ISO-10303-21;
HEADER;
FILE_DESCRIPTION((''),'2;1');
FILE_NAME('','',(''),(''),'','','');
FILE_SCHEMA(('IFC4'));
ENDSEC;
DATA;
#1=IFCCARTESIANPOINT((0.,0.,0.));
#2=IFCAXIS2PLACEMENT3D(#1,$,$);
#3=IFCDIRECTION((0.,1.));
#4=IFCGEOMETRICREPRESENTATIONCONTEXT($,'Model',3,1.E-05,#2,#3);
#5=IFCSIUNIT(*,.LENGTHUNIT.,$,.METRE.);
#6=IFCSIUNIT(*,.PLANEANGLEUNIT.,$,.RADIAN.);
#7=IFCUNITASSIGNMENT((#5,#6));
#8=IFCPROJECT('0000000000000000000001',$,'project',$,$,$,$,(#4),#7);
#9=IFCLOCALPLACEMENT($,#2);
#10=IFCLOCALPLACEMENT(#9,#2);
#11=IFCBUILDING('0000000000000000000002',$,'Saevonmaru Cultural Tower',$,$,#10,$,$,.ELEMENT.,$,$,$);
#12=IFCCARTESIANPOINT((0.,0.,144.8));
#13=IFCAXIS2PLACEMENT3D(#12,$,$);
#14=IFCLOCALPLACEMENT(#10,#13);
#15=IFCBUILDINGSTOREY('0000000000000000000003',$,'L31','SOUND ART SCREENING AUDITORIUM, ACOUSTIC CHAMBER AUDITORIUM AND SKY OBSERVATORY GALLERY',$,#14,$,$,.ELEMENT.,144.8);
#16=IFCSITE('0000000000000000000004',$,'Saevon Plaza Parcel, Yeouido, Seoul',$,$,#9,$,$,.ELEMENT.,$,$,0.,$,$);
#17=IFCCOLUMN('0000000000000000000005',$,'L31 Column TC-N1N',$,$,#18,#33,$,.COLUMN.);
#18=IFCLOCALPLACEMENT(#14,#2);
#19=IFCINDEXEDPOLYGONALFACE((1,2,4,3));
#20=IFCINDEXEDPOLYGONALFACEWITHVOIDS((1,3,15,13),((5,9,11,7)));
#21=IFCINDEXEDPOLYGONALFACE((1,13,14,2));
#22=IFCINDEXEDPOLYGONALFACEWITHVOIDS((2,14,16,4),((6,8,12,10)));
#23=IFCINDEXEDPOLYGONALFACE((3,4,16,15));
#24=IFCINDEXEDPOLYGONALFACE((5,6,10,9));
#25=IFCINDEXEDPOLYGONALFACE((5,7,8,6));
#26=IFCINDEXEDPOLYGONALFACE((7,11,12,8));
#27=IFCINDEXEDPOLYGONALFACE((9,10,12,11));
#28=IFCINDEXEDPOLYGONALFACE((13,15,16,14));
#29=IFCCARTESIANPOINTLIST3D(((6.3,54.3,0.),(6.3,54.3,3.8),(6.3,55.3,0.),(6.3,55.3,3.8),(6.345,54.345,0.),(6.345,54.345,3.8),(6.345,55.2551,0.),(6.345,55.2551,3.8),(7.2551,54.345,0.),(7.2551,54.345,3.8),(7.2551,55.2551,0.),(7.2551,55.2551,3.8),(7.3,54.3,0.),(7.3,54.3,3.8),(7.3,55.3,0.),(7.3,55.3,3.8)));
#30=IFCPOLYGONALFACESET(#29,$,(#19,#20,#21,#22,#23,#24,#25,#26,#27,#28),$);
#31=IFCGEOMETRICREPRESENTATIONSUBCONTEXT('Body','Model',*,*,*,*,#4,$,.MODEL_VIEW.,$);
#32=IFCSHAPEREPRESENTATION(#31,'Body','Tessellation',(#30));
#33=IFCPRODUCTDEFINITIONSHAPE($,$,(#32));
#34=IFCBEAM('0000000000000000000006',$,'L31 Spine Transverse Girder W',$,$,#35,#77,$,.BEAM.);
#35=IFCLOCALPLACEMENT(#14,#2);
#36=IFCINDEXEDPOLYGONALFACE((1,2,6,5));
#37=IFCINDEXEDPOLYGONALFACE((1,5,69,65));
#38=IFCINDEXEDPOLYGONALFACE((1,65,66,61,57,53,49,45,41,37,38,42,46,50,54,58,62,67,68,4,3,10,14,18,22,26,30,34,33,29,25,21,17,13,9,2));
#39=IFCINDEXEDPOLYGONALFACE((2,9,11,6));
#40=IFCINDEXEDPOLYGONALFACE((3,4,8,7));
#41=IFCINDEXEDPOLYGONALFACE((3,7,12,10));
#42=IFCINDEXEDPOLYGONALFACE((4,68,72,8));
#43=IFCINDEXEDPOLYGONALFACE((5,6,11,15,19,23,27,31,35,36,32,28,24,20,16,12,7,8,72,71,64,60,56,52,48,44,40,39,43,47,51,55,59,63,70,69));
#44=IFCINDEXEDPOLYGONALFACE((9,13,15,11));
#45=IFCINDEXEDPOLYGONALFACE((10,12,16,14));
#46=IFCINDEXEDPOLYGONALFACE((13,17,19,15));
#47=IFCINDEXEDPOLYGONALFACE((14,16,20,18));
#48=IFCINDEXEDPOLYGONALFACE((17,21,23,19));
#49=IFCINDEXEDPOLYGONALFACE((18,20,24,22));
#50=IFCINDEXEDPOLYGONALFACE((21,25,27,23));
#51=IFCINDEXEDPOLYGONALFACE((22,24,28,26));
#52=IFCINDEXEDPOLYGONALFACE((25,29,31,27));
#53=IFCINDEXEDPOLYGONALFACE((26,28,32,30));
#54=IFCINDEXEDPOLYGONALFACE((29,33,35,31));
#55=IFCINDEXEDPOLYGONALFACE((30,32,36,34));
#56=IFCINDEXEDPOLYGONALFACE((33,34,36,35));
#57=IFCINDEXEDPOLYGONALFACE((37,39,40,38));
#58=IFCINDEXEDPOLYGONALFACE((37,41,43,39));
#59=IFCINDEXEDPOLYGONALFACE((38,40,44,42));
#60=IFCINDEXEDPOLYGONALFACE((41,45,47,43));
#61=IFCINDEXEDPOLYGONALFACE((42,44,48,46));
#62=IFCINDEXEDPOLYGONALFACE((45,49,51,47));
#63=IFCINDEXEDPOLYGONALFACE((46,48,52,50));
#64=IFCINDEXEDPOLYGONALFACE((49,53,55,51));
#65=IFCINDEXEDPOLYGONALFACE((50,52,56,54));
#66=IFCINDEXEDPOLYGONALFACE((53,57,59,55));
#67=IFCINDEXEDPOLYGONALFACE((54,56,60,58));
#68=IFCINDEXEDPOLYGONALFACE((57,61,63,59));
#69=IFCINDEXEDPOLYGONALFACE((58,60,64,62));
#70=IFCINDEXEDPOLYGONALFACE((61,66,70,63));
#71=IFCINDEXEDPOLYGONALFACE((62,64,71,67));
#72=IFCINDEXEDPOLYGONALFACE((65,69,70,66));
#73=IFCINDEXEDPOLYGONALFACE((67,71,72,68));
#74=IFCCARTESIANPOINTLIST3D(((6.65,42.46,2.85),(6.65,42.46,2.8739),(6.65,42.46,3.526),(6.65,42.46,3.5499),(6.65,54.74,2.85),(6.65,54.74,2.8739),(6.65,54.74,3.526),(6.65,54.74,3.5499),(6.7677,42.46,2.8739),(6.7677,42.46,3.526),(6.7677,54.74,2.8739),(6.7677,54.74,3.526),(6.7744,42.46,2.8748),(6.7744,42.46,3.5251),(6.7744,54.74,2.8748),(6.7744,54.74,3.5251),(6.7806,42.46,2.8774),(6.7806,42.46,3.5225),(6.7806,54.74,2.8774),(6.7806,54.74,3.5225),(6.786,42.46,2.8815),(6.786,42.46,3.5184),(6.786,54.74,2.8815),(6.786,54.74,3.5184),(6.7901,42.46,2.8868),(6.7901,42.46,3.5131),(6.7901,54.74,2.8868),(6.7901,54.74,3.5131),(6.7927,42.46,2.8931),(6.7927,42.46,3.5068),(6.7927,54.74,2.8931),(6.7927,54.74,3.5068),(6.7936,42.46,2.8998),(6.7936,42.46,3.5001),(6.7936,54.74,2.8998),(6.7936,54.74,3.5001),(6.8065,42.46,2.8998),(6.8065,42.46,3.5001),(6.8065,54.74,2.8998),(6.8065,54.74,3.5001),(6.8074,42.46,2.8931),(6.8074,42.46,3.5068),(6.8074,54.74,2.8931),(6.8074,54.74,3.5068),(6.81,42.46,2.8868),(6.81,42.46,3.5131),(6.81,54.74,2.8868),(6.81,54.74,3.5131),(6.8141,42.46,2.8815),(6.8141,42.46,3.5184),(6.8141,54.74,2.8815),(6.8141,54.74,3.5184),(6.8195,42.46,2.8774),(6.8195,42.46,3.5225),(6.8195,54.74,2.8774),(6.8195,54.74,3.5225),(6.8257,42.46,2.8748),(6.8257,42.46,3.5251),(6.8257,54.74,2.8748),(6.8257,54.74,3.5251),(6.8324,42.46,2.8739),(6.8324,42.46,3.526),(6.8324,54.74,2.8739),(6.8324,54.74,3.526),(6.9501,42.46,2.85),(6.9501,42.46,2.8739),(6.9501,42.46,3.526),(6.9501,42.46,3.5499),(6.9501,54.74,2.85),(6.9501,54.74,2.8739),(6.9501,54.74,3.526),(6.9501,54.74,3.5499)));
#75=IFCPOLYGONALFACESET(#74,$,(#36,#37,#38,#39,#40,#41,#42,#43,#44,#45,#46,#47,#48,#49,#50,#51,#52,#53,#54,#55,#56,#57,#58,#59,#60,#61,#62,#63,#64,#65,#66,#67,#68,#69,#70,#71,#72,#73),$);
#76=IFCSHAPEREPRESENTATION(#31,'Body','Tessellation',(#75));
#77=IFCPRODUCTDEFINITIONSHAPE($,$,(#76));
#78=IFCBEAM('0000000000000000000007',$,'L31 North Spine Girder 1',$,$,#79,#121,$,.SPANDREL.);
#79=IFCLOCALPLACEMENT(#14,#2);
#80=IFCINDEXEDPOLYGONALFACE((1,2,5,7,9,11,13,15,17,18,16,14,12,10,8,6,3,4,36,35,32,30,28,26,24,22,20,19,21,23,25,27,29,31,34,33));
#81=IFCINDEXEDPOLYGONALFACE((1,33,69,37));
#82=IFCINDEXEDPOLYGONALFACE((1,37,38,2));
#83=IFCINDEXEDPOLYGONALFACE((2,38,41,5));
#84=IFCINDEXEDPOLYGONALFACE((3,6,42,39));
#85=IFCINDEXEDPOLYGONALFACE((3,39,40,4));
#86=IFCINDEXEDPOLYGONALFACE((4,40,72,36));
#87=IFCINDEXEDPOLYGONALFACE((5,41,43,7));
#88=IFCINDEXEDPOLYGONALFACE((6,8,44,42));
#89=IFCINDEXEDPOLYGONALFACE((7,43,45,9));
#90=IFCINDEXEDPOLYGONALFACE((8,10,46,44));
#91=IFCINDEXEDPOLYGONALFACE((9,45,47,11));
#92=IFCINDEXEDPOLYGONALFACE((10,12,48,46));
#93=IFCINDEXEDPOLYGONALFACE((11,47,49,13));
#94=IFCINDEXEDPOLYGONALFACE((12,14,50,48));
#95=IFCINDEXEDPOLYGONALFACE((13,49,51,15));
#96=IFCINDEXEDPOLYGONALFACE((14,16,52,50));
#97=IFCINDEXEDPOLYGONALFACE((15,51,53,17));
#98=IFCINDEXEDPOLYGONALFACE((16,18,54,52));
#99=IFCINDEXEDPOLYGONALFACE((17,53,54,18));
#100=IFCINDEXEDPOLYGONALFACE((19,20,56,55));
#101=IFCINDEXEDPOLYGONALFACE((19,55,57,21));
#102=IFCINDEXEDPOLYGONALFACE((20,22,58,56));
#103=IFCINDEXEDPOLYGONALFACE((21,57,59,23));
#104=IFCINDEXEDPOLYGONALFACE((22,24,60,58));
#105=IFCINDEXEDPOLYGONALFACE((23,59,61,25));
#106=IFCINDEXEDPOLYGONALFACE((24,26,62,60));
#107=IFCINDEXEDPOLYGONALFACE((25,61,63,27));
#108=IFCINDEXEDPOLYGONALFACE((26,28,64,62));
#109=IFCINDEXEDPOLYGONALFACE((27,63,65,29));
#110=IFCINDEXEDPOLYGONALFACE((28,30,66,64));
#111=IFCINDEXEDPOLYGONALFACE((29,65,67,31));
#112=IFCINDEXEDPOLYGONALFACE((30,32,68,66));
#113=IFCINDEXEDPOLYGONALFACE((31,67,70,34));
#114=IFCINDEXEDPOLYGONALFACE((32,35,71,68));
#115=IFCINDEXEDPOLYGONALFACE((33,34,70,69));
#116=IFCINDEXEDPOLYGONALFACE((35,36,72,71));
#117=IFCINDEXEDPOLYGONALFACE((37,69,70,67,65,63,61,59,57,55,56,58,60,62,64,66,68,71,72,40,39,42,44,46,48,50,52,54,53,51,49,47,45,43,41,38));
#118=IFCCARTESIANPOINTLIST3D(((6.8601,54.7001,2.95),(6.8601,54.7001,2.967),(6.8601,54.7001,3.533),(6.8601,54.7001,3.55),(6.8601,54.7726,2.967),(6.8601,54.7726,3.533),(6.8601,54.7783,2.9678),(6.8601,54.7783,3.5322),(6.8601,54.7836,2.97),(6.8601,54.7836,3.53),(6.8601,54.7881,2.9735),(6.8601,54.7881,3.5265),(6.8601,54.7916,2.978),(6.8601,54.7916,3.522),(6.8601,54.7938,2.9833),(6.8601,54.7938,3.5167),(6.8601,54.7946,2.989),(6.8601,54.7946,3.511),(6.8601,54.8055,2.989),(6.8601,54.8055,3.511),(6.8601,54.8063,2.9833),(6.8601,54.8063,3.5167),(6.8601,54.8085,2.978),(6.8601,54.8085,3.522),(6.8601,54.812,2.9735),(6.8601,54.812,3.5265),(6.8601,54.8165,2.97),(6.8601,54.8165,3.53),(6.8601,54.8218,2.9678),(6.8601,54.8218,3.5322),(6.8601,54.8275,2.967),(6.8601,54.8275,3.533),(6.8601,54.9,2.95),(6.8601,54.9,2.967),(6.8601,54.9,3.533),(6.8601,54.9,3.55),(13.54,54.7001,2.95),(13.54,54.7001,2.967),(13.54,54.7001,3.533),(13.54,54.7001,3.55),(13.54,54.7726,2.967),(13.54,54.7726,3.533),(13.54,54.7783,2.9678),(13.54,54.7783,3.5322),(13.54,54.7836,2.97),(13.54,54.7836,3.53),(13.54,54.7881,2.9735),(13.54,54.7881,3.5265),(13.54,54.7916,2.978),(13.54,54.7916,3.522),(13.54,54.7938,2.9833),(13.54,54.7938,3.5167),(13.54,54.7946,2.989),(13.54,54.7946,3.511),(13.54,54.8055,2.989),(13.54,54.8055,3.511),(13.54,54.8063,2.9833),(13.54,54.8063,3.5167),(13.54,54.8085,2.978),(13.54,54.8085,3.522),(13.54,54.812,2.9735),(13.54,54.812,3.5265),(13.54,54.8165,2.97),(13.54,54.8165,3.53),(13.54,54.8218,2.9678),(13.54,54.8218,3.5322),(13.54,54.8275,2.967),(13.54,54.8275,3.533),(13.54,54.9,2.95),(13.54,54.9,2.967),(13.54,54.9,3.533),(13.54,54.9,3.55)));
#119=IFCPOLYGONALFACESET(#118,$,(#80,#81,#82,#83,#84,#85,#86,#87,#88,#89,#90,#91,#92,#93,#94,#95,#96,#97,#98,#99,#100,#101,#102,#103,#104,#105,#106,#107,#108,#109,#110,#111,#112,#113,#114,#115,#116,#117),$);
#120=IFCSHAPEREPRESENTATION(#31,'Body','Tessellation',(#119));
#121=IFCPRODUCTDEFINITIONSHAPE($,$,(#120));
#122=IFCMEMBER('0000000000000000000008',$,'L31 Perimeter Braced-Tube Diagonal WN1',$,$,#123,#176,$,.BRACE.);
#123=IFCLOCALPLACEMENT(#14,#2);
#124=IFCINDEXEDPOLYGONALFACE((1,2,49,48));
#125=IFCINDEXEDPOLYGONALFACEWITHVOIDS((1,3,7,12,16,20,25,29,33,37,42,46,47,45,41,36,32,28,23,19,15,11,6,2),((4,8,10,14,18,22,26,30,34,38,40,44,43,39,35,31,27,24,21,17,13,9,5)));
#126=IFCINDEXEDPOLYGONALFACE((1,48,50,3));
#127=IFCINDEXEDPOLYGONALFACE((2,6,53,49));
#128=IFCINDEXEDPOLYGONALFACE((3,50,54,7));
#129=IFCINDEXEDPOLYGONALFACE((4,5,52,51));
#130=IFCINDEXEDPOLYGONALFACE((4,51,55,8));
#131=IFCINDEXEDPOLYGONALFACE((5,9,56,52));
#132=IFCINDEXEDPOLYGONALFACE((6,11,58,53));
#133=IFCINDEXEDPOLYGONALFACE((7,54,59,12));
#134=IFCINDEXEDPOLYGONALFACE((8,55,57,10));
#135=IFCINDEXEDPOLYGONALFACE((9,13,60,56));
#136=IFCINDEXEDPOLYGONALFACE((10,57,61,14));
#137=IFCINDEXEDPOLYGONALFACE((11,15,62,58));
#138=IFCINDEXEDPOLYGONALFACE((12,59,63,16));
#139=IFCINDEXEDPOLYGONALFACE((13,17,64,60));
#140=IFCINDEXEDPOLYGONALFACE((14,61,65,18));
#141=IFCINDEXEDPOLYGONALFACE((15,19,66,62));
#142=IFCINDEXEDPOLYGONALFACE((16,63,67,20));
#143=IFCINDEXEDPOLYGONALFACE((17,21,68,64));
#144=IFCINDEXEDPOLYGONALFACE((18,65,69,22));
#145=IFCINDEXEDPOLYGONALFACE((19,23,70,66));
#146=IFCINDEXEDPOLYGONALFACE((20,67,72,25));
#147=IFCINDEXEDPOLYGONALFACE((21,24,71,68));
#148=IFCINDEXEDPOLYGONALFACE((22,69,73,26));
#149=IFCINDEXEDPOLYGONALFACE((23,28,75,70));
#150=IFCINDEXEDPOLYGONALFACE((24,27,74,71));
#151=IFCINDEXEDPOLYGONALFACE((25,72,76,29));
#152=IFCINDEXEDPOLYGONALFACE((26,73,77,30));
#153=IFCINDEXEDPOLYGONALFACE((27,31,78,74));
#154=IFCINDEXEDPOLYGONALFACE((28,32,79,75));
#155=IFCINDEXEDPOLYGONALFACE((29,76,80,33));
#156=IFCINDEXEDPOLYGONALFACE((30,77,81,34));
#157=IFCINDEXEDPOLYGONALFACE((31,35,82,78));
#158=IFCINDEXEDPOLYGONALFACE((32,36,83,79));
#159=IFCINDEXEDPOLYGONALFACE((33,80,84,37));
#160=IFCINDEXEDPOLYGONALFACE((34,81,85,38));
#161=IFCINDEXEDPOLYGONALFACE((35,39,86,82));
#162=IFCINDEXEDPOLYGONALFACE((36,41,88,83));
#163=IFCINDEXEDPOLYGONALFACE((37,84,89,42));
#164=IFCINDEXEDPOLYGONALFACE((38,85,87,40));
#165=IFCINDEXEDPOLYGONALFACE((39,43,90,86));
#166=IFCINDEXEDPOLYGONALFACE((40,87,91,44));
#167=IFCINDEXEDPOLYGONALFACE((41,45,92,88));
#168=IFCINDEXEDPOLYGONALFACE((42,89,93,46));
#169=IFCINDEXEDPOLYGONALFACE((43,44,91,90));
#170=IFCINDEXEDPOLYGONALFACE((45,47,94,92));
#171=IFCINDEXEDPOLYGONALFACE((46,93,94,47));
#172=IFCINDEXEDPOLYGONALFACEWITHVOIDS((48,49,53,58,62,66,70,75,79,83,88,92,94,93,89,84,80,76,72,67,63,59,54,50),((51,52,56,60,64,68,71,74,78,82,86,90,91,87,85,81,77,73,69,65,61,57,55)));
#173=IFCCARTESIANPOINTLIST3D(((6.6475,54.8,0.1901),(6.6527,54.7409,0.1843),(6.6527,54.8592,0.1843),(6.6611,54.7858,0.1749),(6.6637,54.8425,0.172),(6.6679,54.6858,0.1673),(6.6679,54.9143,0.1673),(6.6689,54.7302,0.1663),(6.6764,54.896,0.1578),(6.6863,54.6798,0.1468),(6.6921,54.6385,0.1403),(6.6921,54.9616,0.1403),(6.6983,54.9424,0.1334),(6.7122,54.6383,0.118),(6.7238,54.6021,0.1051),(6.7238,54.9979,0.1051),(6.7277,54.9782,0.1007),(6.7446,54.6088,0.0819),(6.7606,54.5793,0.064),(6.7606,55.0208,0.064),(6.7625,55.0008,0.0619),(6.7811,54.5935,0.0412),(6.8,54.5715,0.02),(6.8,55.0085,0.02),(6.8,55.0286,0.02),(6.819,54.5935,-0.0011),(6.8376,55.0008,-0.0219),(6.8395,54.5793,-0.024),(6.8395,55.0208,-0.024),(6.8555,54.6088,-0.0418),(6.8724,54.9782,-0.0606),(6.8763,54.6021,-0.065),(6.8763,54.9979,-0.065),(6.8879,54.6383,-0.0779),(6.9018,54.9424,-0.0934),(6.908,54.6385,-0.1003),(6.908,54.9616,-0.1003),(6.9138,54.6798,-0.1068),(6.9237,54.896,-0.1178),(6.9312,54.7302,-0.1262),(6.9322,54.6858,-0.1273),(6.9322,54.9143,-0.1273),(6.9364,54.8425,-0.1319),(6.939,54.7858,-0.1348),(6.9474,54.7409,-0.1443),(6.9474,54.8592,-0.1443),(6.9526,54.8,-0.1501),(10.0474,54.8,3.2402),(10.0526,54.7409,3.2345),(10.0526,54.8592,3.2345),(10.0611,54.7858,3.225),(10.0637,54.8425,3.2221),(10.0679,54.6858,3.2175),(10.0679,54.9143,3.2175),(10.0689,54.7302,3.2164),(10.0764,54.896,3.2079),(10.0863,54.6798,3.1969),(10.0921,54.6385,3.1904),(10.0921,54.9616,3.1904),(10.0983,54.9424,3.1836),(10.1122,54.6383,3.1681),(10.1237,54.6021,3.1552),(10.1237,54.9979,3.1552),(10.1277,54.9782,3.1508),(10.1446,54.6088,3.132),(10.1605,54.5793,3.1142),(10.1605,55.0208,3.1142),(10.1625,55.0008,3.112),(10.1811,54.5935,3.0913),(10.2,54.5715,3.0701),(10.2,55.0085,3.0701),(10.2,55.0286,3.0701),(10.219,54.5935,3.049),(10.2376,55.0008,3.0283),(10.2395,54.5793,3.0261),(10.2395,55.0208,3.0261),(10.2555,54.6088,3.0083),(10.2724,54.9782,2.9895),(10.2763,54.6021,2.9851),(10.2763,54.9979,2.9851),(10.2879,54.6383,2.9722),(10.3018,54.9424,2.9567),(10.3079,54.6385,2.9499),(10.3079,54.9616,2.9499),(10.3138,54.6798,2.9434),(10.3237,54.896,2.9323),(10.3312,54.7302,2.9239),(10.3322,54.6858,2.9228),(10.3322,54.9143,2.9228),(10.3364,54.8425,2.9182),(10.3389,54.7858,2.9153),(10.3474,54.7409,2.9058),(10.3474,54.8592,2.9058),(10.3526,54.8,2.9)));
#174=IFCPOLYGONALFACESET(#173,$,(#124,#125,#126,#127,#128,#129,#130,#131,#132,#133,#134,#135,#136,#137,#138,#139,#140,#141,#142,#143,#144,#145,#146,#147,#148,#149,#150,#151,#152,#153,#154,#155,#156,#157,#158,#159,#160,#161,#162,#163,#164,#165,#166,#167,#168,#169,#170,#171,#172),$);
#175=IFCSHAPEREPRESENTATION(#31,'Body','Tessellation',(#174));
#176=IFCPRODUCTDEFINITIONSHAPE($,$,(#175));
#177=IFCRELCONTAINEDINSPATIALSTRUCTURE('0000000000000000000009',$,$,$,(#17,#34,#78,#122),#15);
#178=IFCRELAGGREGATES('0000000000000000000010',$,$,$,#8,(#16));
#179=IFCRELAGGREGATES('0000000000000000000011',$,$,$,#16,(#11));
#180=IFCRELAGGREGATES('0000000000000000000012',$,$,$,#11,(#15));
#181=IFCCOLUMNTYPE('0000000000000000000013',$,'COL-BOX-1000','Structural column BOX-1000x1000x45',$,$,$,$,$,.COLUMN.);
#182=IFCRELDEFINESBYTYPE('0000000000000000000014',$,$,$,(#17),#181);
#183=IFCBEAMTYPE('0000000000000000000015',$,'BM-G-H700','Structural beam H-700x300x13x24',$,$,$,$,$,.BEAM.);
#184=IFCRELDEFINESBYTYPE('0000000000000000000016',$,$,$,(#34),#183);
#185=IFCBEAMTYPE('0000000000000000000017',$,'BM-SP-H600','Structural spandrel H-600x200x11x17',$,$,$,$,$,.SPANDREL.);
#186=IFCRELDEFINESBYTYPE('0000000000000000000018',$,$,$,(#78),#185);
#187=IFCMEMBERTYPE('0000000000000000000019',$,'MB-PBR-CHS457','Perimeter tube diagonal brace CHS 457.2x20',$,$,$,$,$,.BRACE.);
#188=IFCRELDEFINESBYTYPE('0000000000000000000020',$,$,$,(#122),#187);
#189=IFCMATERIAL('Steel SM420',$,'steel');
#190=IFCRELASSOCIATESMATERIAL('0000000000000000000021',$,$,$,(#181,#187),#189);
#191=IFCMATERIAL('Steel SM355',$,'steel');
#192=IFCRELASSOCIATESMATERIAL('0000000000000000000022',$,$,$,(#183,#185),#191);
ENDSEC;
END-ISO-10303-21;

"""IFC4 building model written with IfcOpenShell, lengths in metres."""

from ifc_helpers import new_model, si_unit, direction, frame, origin, origin_2d, place, context, subcontext, project, spatial, hollow_rectangle, hollow_circle, i_section, extrude, material, material_profile, profile_set, type_object, element, save


model = new_model("IFC4")

# Units and contexts
model_context = context("Model", 3, precision=1e-05, world=origin(), true_north=direction((0.0, 1.0)))
body_context = subcontext(model_context, "Body", "Model", "MODEL_VIEW")
ifc_project = project(units=[si_unit("LENGTHUNIT", "METRE"), si_unit("PLANEANGLEUNIT", "RADIAN")], contexts=[model_context])

# Site, building, storey
site_placement = place(None, origin())
site = spatial("IfcSite", under=ifc_project, at=site_placement, Name="Saevon Plaza Parcel, Yeouido, Seoul", CompositionType="ELEMENT", RefElevation=0.0)
building_placement = place(site_placement, origin())
building = spatial("IfcBuilding", under=site, at=building_placement, Name="Saevonmaru Cultural Tower", CompositionType="ELEMENT")
storey_placement = place(building_placement, frame((0.0, 0.0, 144.8)))
storey = spatial("IfcBuildingStorey", under=building, at=storey_placement, Name="L31", Description="SOUND ART SCREENING AUDITORIUM, ACOUSTIC CHAMBER AUDITORIUM AND SKY OBSERVATORY GALLERY", CompositionType="ELEMENT", Elevation=144.8)

# Column
ifc_material_1 = material(Name="Steel SM420", Category="steel")
ifc_material_profile_1 = material_profile(ifc_material_1, hollow_rectangle(XDim=1.0, YDim=1.0, WallThickness=0.0449, at=origin_2d()), Name="BOX-1000x1000x45")
ifc_profile_set_1 = profile_set([ifc_material_profile_1], Name="Steel SM420")
column_type = type_object("IfcColumnType", Name="COL-BOX-1000", Description="Structural column BOX-1000x1000x45", PredefinedType="COLUMN", material=ifc_profile_set_1)
column_placement = place(storey_placement, frame((6.8, 54.8, 0.0), z_axis=(0.0, 0.0, 1.0), x_axis=(1.0, 0.0, 0.0)))
element("IfcColumn", 1, at=column_placement, inside=storey, type_object=column_type, Name="L31 Column TC-N1N", PredefinedType="COLUMN", context=body_context, shape_type="SweptSolid", body=[
    extrude(hollow_rectangle(XDim=1.0, YDim=1.0, WallThickness=0.0449, at=origin_2d()), origin(), (0.0, 0.0, 1.0), 3.8),
])

# Beams
ifc_material_2 = material(Name="Steel SM355", Category="steel")
ifc_material_profile_2 = material_profile(ifc_material_2, i_section(OverallWidth=0.3, OverallDepth=0.7, WebThickness=0.0129, FlangeThickness=0.0239, FilletRadius=0.0259, at=origin_2d()), Name="H-700x300x13x24")
ifc_profile_set_2 = profile_set([ifc_material_profile_2], Name="Steel SM355")
beam_type_1 = type_object("IfcBeamType", Name="BM-G-H700", Description="Structural beam H-700x300x13x24", PredefinedType="BEAM", material=ifc_profile_set_2)
beam_1_placement = place(storey_placement, frame((6.8, 54.74, 3.2), z_axis=(0.0, -1.0, 0.0), x_axis=(1.0, 0.0, 0.0)))
element("IfcBeam", 2, at=beam_1_placement, inside=storey, type_object=beam_type_1, Name="L31 Spine Transverse Girder W", PredefinedType="BEAM", context=body_context, shape_type="SweptSolid", body=[
    extrude(i_section(OverallWidth=0.3, OverallDepth=0.7, WebThickness=0.0129, FlangeThickness=0.0239, FilletRadius=0.0259, at=origin_2d()), origin(), (0.0, 0.0, 1.0), 12.28),
])
ifc_material_profile_3 = material_profile(ifc_material_2, i_section(OverallWidth=0.2, OverallDepth=0.6001, WebThickness=0.011, FlangeThickness=0.0171, FilletRadius=0.022, at=origin_2d()), Name="H-600x200x11x17")
ifc_profile_set_3 = profile_set([ifc_material_profile_3], Name="Steel SM355")
beam_type_2 = type_object("IfcBeamType", Name="BM-SP-H600", Description="Structural spandrel H-600x200x11x17", PredefinedType="SPANDREL", material=ifc_profile_set_3)
beam_2_placement = place(storey_placement, frame((6.8601, 54.8, 3.25), z_axis=(1.0, 0.0, 0.0), x_axis=(0.0, 1.0, 0.0)))
element("IfcBeam", 3, at=beam_2_placement, inside=storey, type_object=beam_type_2, Name="L31 North Spine Girder 1", PredefinedType="SPANDREL", context=body_context, shape_type="SweptSolid", body=[
    extrude(i_section(OverallWidth=0.2, OverallDepth=0.6001, WebThickness=0.011, FlangeThickness=0.0171, FilletRadius=0.022, at=origin_2d()), origin(), (0.0, 0.0, 1.0), 6.6799),
])

# Member
ifc_material_profile_4 = material_profile(ifc_material_1, hollow_circle(Radius=0.2285, WallThickness=0.02, at=origin_2d()), Name="CHS-457.2x20")
ifc_profile_set_4 = profile_set([ifc_material_profile_4], Name="Steel SM420")
member_type_1 = type_object("IfcMemberType", Name="MB-PBR-CHS457", Description="Perimeter tube diagonal brace CHS 457.2x20", PredefinedType="BRACE", material=ifc_profile_set_4)
member_1_placement = place(storey_placement, frame((6.8, 54.8, 0.02), z_axis=(0.744367, 0.0, 0.667771), x_axis=(0.0, 1.0, 0.0)))
element("IfcMember", 4, at=member_1_placement, inside=storey, type_object=member_type_1, Name="L31 Perimeter Braced-Tube Diagonal WN1", PredefinedType="BRACE", context=body_context, shape_type="SweptSolid", body=[
    extrude(hollow_circle(Radius=0.2285, WallThickness=0.02, at=origin_2d()), origin(), (0.0, 0.0, 1.0), 4.5676),
])

save(model, "model.ifc")
